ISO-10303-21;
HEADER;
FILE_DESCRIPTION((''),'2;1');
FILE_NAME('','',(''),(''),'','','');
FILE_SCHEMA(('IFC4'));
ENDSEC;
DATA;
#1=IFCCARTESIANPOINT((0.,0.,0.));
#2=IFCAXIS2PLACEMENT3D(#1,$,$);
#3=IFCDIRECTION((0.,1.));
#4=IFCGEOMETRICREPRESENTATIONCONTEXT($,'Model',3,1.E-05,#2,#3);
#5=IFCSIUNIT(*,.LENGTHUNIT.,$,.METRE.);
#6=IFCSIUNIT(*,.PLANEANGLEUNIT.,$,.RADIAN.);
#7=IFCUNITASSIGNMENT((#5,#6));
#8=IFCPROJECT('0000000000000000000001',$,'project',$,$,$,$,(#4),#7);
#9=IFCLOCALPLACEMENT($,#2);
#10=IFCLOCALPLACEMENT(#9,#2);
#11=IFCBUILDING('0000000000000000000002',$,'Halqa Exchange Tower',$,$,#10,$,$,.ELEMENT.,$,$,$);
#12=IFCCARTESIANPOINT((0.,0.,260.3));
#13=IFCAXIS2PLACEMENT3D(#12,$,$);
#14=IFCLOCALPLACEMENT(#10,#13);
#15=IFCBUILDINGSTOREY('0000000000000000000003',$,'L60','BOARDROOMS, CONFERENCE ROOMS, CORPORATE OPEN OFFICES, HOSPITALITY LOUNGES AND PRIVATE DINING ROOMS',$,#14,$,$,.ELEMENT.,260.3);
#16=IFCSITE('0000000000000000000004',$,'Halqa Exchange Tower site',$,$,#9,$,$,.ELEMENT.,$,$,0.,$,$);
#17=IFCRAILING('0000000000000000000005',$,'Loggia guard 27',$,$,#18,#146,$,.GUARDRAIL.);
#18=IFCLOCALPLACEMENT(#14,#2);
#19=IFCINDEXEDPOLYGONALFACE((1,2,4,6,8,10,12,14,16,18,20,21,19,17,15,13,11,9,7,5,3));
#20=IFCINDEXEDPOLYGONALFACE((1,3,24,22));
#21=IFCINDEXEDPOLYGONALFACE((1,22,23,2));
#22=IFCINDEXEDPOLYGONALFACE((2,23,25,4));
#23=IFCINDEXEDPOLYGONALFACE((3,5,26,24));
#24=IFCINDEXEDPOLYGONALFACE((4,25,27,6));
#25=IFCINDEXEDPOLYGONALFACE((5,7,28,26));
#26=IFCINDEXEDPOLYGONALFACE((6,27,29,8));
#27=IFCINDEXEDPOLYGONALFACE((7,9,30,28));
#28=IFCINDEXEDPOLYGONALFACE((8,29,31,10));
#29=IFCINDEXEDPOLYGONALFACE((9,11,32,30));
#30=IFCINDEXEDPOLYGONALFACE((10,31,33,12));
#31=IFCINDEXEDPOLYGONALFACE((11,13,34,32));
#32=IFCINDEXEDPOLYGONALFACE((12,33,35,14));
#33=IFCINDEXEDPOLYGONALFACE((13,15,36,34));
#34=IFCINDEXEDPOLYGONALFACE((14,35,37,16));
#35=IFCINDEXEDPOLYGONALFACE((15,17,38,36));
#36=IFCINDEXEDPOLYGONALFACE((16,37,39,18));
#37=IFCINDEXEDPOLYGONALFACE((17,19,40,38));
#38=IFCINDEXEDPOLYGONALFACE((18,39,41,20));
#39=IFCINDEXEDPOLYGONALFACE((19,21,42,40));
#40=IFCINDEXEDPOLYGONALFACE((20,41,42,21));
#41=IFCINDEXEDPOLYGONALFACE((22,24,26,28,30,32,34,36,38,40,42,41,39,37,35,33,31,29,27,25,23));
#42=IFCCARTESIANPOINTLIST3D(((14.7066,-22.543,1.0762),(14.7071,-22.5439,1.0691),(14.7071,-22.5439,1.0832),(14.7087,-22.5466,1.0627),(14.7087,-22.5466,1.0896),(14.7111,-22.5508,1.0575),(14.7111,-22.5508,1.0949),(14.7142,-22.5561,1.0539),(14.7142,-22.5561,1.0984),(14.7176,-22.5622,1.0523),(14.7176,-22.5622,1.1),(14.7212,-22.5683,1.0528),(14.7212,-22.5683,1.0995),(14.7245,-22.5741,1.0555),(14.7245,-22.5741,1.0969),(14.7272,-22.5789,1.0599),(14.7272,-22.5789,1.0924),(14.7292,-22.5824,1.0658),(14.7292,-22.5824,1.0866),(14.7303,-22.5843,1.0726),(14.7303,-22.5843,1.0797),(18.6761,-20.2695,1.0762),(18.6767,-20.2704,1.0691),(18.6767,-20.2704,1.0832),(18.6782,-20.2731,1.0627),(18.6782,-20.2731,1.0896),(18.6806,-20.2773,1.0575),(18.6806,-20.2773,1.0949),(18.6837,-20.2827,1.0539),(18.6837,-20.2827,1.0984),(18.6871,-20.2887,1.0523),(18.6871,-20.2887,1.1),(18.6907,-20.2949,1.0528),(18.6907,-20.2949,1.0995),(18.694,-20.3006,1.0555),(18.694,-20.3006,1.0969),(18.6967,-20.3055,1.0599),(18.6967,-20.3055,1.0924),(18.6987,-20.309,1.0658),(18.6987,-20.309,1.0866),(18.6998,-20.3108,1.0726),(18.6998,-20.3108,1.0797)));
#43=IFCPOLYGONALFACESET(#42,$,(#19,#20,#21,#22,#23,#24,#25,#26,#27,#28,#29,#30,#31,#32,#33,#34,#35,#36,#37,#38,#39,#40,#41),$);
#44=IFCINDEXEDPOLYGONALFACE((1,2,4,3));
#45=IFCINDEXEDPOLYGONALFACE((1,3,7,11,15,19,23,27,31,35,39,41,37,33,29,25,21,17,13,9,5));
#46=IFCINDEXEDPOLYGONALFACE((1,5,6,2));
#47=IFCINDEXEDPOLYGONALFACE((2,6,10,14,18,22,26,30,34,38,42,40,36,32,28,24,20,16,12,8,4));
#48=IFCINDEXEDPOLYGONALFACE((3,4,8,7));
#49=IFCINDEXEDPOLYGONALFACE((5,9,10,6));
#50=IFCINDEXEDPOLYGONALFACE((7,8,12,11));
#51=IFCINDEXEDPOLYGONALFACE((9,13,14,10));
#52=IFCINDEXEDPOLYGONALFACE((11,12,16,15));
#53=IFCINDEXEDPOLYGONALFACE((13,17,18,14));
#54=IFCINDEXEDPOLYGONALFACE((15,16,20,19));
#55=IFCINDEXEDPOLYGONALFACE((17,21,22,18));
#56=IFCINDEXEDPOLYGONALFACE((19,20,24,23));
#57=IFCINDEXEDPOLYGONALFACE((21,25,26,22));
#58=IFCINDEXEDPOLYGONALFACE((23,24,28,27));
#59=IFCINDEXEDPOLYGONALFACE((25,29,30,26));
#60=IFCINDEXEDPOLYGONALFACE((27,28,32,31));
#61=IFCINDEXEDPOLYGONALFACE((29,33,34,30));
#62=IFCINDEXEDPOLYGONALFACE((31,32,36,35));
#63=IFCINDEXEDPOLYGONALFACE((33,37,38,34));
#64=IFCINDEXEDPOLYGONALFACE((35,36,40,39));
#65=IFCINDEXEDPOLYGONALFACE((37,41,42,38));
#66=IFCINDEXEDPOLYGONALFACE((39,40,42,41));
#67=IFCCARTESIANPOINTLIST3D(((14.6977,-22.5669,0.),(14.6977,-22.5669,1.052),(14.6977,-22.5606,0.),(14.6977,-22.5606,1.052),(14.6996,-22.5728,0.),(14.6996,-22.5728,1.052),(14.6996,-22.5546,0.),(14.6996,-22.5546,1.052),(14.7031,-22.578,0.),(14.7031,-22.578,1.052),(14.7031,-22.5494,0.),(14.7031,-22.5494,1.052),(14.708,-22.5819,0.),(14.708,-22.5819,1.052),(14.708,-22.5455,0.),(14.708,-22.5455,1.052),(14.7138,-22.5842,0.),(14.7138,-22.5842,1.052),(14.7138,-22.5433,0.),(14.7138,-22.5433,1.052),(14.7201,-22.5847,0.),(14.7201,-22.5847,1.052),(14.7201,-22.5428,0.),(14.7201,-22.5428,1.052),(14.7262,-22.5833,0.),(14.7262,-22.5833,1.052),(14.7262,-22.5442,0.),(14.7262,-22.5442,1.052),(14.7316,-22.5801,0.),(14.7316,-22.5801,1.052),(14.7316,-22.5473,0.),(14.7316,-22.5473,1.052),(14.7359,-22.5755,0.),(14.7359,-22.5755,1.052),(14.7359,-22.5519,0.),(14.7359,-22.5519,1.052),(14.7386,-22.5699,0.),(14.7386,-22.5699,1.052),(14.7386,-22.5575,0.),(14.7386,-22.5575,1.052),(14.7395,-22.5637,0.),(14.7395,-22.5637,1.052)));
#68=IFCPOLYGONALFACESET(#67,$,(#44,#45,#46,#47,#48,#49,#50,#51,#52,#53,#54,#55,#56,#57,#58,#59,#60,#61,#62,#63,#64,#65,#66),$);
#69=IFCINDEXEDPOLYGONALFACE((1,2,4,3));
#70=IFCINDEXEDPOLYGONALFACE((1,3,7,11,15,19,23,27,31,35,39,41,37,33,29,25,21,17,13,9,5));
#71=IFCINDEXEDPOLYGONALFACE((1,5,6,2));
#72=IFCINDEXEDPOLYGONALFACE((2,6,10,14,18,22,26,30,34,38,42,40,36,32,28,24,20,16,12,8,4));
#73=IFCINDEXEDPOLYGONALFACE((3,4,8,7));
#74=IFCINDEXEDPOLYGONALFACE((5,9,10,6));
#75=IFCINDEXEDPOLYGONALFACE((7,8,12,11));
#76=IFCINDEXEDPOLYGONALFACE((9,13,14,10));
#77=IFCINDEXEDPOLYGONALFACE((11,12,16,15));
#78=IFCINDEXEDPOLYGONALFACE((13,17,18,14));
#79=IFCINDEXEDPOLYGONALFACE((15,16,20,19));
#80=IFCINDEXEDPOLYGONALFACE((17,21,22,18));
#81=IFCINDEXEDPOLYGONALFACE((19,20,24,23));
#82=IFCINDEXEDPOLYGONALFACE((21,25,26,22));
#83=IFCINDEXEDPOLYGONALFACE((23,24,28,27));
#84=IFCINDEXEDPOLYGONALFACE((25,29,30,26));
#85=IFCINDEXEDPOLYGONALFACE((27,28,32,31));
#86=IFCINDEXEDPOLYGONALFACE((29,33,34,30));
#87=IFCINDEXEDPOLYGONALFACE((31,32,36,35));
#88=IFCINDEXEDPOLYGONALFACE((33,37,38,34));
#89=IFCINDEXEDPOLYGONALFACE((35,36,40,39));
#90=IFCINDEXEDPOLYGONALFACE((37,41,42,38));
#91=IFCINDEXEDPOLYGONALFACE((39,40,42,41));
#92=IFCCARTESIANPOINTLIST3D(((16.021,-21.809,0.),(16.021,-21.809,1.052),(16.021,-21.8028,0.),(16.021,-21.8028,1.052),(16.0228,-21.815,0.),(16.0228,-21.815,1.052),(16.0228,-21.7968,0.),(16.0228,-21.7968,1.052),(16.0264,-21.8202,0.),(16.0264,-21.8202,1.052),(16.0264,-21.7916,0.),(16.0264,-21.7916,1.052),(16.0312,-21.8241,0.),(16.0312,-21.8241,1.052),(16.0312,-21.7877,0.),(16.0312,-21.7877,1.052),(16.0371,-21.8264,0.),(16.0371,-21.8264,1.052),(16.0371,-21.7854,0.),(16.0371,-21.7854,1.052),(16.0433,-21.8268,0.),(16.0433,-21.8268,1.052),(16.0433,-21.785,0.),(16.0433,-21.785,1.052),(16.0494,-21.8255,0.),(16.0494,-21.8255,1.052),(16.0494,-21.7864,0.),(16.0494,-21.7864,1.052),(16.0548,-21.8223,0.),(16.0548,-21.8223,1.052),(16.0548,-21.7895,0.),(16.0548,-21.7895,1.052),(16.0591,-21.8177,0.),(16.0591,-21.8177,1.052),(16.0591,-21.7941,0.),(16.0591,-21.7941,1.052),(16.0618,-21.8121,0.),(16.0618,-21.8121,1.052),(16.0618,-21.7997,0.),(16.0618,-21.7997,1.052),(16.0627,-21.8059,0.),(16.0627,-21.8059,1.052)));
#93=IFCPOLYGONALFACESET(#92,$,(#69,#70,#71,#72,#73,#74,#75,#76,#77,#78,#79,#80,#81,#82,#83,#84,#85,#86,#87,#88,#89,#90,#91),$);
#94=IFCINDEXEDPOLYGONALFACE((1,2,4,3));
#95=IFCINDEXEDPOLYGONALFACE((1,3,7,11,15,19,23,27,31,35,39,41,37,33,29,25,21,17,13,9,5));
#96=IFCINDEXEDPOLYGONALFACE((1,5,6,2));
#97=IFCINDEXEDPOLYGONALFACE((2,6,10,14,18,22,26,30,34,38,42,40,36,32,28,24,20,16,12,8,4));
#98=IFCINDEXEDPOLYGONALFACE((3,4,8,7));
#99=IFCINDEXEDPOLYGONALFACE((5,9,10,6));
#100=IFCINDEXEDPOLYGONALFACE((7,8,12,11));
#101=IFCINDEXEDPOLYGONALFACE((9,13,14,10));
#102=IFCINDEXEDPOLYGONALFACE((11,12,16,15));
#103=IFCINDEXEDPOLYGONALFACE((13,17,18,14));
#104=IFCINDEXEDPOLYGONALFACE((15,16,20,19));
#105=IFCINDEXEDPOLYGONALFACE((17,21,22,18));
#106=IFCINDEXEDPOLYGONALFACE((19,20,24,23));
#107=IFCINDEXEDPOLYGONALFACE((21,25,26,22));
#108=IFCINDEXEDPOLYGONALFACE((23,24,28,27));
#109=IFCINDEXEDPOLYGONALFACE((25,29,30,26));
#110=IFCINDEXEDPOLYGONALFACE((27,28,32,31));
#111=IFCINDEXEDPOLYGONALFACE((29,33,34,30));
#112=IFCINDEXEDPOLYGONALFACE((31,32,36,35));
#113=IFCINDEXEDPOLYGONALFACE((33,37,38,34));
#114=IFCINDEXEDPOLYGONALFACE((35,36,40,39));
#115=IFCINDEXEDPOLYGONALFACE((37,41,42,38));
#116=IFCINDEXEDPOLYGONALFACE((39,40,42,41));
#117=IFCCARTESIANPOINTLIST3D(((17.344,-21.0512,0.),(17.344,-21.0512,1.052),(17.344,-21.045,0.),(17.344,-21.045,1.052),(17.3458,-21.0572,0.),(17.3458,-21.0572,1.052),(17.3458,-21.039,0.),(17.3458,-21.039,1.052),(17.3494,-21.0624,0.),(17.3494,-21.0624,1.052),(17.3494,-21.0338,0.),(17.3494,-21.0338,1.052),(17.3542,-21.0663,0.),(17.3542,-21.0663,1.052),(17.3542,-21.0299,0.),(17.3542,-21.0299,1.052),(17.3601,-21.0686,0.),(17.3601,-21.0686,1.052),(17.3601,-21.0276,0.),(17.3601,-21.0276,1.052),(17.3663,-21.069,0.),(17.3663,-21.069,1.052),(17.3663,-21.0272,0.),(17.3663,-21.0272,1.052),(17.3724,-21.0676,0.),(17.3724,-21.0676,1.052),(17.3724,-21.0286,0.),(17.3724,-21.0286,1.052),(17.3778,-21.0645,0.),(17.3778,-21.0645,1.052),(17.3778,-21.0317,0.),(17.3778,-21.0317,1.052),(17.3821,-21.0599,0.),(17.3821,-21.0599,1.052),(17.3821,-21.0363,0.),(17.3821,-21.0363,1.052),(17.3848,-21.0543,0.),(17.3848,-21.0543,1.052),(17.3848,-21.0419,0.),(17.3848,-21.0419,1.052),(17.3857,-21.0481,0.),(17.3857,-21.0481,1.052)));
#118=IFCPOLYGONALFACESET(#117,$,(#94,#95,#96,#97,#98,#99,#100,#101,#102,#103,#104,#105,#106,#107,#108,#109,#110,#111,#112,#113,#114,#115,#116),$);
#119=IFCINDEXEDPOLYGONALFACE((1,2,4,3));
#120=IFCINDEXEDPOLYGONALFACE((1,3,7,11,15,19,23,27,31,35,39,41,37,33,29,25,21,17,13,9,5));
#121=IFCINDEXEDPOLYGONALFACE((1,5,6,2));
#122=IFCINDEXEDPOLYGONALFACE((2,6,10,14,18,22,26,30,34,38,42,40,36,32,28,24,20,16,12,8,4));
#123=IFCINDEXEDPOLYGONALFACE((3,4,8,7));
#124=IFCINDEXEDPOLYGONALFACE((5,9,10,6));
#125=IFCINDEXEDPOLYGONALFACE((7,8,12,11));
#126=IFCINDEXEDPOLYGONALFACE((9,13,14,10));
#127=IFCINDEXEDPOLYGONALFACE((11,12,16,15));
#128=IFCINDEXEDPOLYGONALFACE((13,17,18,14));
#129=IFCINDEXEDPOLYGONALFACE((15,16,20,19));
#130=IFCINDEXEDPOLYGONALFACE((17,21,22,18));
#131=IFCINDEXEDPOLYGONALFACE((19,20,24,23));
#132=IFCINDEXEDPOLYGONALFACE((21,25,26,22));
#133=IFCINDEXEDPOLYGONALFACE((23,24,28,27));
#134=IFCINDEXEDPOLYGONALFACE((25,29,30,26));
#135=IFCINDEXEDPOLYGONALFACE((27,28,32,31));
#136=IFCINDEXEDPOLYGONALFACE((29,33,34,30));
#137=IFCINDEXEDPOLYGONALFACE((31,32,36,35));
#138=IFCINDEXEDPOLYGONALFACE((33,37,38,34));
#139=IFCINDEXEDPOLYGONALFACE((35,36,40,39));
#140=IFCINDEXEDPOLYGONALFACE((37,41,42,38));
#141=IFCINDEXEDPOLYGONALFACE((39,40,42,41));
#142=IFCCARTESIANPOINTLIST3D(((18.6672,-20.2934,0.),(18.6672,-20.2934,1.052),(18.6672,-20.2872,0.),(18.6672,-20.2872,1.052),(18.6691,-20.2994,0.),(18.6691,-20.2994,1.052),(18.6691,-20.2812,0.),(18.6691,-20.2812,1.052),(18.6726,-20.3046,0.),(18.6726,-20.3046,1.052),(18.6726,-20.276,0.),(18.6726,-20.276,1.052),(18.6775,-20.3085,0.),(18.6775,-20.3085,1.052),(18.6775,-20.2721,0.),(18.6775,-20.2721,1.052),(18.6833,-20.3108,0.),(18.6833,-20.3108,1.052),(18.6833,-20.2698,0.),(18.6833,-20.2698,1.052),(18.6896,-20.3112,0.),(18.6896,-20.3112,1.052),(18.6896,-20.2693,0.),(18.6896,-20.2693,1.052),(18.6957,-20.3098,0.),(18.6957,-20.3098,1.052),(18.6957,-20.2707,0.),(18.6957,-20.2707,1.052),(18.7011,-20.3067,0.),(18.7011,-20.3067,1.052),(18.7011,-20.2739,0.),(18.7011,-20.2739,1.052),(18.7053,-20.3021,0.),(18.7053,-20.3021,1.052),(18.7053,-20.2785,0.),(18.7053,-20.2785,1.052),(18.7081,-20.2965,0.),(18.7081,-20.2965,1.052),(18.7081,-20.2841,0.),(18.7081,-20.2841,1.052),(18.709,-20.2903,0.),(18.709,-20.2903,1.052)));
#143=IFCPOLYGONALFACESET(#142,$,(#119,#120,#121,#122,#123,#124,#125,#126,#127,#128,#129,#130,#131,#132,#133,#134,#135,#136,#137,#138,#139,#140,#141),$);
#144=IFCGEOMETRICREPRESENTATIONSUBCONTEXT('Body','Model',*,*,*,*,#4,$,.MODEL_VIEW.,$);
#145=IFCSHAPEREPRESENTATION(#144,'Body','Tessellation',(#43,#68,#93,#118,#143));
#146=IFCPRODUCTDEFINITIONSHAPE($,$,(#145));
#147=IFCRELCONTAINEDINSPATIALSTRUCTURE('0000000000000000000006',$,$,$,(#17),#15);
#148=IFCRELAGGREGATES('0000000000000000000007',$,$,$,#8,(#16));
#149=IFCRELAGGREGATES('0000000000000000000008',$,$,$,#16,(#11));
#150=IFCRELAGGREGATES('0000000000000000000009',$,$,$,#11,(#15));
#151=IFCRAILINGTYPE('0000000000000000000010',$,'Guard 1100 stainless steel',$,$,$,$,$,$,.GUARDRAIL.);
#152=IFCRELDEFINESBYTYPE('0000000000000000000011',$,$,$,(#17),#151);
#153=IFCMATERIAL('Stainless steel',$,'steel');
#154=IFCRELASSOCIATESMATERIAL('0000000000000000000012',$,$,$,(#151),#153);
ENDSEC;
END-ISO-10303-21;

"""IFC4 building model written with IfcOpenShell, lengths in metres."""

from ifc_helpers import new_model, si_unit, direction, frame, origin, origin_2d, place, context, subcontext, project, spatial, circle, extrude, material, type_object, element, save


model = new_model("IFC4")

# Units and contexts
model_context = context("Model", 3, precision=1e-05, world=origin(), true_north=direction((0.0, 1.0)))
body_context = subcontext(model_context, "Body", "Model", "MODEL_VIEW")
ifc_project = project(units=[si_unit("LENGTHUNIT", "METRE"), si_unit("PLANEANGLEUNIT", "RADIAN")], contexts=[model_context])

# Site, building, storey
site_placement = place(None, origin())
site = spatial("IfcSite", under=ifc_project, at=site_placement, Name="Halqa Exchange Tower site", CompositionType="ELEMENT", RefElevation=0.0)
building_placement = place(site_placement, origin())
building = spatial("IfcBuilding", under=site, at=building_placement, Name="Halqa Exchange Tower", CompositionType="ELEMENT")
storey_placement = place(building_placement, frame((0.0, 0.0, 260.3)))
storey = spatial("IfcBuildingStorey", under=building, at=storey_placement, Name="L60", Description="BOARDROOMS, CONFERENCE ROOMS, CORPORATE OPEN OFFICES, HOSPITALITY LOUNGES AND PRIVATE DINING ROOMS", CompositionType="ELEMENT", Elevation=260.3)

# Railing
ifc_material_1 = material(Name="Stainless steel", Category="steel")
railing_type = type_object("IfcRailingType", Name="Guard 1100 stainless steel", PredefinedType="GUARDRAIL", material=ifc_material_1)
railing_1_placement = place(storey_placement, frame((14.7185, -22.5637, 0.0)))
element("IfcRailing", 1, at=railing_1_placement, inside=storey, type_object=railing_type, Name="Loggia guard 27", PredefinedType="GUARDRAIL", context=body_context, shape_type="SweptSolid", body=[
    extrude(circle(Radius=0.0239, at=origin_2d()), frame((0.0, 0.0, 1.0762), z_axis=(0.867757, 0.496989, 0.0), x_axis=(-0.496989, 0.867757, 0.0)), (0.0, 0.0, 1.0), 4.5745),
    extrude(circle(Radius=0.021, at=origin_2d()), origin(), (0.0, 0.0, 1.0), 1.052),
    extrude(circle(Radius=0.021, at=origin_2d()), frame((1.3232, 0.7578, 0.0)), (0.0, 0.0, 1.0), 1.052),
    extrude(circle(Radius=0.021, at=origin_2d()), frame((2.6462, 1.5156, 0.0)), (0.0, 0.0, 1.0), 1.052),
    extrude(circle(Radius=0.021, at=origin_2d()), frame((3.9695, 2.2734, 0.0)), (0.0, 0.0, 1.0), 1.052),
])

save(model, "model.ifc")
